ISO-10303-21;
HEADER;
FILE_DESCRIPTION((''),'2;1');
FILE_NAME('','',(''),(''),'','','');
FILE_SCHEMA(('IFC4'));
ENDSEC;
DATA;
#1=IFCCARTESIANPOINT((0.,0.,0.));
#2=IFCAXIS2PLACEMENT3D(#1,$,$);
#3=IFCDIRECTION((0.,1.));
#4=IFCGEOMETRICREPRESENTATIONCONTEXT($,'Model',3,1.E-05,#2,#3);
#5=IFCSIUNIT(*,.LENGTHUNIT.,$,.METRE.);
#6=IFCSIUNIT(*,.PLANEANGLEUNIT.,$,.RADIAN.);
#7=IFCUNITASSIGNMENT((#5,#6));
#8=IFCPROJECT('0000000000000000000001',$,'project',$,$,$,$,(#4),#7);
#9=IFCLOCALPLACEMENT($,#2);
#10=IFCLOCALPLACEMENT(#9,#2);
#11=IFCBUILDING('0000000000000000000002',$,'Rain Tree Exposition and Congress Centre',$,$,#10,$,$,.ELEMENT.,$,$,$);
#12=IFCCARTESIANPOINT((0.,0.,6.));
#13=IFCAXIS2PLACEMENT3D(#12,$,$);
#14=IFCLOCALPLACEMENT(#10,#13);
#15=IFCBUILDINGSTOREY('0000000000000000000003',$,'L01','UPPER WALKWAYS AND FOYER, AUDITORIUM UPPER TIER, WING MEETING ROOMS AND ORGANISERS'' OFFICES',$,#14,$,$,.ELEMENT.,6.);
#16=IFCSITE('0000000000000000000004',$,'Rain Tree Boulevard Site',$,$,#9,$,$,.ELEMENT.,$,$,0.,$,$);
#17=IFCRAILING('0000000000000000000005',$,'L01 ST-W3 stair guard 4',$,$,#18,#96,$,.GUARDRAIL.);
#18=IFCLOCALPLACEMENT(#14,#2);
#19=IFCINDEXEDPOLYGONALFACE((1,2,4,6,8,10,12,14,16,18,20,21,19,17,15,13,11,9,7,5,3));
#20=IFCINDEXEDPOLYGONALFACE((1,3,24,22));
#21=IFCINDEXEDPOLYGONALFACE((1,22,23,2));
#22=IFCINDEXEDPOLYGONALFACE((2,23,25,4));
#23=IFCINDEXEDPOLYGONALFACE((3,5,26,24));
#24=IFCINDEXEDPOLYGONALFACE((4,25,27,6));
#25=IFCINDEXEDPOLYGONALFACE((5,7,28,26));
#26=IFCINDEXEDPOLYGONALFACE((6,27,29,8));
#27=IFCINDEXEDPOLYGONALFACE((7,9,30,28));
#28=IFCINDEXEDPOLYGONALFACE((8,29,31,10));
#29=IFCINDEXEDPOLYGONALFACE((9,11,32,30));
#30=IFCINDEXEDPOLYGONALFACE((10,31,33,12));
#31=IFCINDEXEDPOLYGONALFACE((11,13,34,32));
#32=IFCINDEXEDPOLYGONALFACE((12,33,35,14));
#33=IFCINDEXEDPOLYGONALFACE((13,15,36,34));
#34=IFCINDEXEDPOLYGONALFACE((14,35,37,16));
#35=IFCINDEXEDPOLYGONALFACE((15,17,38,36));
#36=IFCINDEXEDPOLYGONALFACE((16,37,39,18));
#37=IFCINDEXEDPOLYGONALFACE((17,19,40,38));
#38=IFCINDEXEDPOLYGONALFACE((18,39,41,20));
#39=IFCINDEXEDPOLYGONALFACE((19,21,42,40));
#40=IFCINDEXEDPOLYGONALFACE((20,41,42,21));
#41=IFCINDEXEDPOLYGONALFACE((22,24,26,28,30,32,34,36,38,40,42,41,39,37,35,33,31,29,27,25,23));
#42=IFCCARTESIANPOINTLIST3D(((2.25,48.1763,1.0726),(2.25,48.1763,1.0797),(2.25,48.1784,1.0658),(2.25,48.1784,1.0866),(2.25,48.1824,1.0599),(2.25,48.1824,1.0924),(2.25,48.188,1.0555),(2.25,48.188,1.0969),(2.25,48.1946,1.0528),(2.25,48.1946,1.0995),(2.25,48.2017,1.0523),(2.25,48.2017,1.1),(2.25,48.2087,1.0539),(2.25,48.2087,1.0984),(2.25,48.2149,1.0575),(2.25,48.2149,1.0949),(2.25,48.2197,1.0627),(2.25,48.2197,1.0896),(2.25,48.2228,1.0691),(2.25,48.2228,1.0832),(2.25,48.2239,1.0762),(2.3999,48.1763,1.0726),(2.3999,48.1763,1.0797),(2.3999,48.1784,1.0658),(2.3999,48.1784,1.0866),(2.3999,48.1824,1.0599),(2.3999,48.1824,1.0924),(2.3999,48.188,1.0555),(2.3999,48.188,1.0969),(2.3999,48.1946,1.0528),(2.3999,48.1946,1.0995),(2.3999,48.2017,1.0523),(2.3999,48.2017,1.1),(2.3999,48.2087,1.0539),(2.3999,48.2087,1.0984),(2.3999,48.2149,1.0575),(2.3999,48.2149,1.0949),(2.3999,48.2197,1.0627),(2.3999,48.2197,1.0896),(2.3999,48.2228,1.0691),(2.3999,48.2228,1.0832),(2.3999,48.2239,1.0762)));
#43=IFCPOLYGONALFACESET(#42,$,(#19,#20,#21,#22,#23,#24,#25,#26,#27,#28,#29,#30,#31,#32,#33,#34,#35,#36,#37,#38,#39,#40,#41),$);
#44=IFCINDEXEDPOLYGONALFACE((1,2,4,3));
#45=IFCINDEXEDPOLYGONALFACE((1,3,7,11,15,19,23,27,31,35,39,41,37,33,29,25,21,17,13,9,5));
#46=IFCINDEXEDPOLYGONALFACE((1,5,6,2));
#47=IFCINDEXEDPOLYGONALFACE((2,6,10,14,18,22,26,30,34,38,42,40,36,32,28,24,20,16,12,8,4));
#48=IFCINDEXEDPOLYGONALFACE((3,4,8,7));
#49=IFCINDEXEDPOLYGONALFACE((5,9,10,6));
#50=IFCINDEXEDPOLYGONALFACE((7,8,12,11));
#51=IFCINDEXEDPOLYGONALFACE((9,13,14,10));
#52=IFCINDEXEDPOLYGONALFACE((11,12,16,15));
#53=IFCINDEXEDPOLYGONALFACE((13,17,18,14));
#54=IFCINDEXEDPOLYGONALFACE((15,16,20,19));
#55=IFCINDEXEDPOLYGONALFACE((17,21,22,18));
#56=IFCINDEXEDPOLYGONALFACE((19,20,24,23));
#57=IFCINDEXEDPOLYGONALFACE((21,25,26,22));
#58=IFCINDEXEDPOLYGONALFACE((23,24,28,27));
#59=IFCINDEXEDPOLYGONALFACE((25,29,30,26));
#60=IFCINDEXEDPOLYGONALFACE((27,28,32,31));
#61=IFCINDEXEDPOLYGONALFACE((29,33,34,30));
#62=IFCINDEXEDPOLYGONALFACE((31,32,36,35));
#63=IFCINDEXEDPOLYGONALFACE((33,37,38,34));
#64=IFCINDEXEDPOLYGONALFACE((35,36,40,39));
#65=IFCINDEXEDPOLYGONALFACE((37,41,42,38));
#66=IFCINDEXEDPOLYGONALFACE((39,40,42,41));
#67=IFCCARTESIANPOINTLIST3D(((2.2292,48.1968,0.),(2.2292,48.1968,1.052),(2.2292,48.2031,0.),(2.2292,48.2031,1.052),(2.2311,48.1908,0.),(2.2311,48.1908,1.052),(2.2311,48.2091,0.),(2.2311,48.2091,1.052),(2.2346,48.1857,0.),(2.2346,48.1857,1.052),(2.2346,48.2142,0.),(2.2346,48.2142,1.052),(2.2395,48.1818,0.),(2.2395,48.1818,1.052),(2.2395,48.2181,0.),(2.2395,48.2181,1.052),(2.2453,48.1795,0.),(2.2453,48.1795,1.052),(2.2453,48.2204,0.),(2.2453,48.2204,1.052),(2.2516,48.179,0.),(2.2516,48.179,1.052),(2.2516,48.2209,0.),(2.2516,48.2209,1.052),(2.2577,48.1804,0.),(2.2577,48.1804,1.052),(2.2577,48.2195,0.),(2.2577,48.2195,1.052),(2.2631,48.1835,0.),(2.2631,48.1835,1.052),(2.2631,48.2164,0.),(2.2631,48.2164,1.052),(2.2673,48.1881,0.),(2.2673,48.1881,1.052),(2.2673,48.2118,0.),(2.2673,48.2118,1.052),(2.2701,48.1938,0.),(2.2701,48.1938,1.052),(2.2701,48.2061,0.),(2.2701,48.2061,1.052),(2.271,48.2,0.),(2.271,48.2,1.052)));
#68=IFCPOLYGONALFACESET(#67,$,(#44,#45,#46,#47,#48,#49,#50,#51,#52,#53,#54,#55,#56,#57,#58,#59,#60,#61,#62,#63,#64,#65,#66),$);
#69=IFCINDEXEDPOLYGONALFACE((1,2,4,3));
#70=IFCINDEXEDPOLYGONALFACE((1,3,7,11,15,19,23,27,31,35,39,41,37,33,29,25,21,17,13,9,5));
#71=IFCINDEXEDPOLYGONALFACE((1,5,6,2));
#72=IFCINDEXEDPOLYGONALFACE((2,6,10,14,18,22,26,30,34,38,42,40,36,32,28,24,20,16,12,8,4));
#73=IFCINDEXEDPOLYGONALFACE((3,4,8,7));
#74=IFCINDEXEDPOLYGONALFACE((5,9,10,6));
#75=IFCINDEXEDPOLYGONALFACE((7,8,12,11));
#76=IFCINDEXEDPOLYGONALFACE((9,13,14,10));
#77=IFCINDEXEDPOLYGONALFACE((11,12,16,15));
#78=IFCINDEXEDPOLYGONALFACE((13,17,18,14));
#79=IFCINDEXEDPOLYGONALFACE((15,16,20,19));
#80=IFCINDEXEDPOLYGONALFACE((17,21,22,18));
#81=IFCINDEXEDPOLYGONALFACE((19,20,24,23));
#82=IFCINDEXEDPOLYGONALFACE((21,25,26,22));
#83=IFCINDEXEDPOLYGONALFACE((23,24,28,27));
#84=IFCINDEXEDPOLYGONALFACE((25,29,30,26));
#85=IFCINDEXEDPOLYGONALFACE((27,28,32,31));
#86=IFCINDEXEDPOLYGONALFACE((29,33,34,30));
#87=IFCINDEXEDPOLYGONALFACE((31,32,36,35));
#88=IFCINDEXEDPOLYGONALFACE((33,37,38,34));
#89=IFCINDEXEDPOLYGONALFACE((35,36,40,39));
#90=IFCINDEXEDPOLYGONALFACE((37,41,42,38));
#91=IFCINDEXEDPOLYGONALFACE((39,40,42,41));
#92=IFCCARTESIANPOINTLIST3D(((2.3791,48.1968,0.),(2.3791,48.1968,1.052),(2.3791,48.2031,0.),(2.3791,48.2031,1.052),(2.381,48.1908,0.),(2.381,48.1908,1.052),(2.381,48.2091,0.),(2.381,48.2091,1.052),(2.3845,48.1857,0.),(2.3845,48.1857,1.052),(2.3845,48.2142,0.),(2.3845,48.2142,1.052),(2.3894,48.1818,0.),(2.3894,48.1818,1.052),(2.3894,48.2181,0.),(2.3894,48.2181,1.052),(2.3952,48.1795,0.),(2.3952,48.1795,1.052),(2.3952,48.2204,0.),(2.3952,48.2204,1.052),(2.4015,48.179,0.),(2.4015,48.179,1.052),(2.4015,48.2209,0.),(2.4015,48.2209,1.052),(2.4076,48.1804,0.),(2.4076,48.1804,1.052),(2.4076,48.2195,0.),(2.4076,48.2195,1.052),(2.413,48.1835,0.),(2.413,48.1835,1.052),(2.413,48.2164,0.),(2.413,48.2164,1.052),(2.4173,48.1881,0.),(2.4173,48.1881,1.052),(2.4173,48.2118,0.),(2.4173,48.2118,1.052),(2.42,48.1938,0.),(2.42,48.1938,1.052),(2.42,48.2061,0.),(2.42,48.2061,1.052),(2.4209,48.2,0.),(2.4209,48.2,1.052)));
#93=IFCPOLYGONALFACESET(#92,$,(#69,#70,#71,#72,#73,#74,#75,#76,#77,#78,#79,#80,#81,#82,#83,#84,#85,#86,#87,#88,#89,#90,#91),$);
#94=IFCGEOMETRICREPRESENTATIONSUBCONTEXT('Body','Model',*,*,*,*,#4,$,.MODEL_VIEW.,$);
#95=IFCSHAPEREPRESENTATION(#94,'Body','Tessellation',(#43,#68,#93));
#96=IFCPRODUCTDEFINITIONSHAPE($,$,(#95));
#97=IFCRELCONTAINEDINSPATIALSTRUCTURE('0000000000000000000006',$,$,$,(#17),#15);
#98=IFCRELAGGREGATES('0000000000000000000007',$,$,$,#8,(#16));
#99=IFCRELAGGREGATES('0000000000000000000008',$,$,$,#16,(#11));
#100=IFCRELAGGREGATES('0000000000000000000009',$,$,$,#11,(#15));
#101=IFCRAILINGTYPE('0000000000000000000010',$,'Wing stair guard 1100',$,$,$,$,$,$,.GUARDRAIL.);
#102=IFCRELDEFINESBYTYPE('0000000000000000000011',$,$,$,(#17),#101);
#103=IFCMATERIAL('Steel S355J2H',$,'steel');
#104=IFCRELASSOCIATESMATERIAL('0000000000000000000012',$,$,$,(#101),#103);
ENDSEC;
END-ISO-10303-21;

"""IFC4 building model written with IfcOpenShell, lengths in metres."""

from ifc_helpers import new_model, si_unit, direction, frame, origin, origin_2d, place, context, subcontext, project, spatial, circle, extrude, material, type_object, element, save


model = new_model("IFC4")

# Units and contexts
model_context = context("Model", 3, precision=1e-05, world=origin(), true_north=direction((0.0, 1.0)))
body_context = subcontext(model_context, "Body", "Model", "MODEL_VIEW")
ifc_project = project(units=[si_unit("LENGTHUNIT", "METRE"), si_unit("PLANEANGLEUNIT", "RADIAN")], contexts=[model_context])

# Site, building, storey
site_placement = place(None, origin())
site = spatial("IfcSite", under=ifc_project, at=site_placement, Name="Rain Tree Boulevard Site", CompositionType="ELEMENT", RefElevation=0.0)
building_placement = place(site_placement, origin())
building = spatial("IfcBuilding", under=site, at=building_placement, Name="Rain Tree Exposition and Congress Centre", CompositionType="ELEMENT")
storey_placement = place(building_placement, frame((0.0, 0.0, 6.0)))
storey = spatial("IfcBuildingStorey", under=building, at=storey_placement, Name="L01", Description="UPPER WALKWAYS AND FOYER, AUDITORIUM UPPER TIER, WING MEETING ROOMS AND ORGANISERS' OFFICES", CompositionType="ELEMENT", Elevation=6.0)

# Railing
ifc_material_1 = material(Name="Steel S355J2H", Category="steel")
railing_type_1 = type_object("IfcRailingType", Name="Wing stair guard 1100", PredefinedType="GUARDRAIL", material=ifc_material_1)
railing_1_placement = place(storey_placement, frame((2.25, 48.2, 0.0)))
element("IfcRailing", 1, at=railing_1_placement, inside=storey, type_object=railing_type_1, Name="L01 ST-W3 stair guard 4", PredefinedType="GUARDRAIL", context=body_context, shape_type="SweptSolid", body=[
    extrude(circle(Radius=0.0239, at=origin_2d()), frame((0.0, 0.0, 1.0762), z_axis=(1.0, 0.0, 0.0), x_axis=(0.0, 1.0, 0.0)), (0.0, 0.0, 1.0), 0.1499),
    extrude(circle(Radius=0.021, at=origin_2d()), origin(), (0.0, 0.0, 1.0), 1.052),
    extrude(circle(Radius=0.021, at=origin_2d()), frame((0.1499, 0.0, 0.0)), (0.0, 0.0, 1.0), 1.052),
])

save(model, "model.ifc")
